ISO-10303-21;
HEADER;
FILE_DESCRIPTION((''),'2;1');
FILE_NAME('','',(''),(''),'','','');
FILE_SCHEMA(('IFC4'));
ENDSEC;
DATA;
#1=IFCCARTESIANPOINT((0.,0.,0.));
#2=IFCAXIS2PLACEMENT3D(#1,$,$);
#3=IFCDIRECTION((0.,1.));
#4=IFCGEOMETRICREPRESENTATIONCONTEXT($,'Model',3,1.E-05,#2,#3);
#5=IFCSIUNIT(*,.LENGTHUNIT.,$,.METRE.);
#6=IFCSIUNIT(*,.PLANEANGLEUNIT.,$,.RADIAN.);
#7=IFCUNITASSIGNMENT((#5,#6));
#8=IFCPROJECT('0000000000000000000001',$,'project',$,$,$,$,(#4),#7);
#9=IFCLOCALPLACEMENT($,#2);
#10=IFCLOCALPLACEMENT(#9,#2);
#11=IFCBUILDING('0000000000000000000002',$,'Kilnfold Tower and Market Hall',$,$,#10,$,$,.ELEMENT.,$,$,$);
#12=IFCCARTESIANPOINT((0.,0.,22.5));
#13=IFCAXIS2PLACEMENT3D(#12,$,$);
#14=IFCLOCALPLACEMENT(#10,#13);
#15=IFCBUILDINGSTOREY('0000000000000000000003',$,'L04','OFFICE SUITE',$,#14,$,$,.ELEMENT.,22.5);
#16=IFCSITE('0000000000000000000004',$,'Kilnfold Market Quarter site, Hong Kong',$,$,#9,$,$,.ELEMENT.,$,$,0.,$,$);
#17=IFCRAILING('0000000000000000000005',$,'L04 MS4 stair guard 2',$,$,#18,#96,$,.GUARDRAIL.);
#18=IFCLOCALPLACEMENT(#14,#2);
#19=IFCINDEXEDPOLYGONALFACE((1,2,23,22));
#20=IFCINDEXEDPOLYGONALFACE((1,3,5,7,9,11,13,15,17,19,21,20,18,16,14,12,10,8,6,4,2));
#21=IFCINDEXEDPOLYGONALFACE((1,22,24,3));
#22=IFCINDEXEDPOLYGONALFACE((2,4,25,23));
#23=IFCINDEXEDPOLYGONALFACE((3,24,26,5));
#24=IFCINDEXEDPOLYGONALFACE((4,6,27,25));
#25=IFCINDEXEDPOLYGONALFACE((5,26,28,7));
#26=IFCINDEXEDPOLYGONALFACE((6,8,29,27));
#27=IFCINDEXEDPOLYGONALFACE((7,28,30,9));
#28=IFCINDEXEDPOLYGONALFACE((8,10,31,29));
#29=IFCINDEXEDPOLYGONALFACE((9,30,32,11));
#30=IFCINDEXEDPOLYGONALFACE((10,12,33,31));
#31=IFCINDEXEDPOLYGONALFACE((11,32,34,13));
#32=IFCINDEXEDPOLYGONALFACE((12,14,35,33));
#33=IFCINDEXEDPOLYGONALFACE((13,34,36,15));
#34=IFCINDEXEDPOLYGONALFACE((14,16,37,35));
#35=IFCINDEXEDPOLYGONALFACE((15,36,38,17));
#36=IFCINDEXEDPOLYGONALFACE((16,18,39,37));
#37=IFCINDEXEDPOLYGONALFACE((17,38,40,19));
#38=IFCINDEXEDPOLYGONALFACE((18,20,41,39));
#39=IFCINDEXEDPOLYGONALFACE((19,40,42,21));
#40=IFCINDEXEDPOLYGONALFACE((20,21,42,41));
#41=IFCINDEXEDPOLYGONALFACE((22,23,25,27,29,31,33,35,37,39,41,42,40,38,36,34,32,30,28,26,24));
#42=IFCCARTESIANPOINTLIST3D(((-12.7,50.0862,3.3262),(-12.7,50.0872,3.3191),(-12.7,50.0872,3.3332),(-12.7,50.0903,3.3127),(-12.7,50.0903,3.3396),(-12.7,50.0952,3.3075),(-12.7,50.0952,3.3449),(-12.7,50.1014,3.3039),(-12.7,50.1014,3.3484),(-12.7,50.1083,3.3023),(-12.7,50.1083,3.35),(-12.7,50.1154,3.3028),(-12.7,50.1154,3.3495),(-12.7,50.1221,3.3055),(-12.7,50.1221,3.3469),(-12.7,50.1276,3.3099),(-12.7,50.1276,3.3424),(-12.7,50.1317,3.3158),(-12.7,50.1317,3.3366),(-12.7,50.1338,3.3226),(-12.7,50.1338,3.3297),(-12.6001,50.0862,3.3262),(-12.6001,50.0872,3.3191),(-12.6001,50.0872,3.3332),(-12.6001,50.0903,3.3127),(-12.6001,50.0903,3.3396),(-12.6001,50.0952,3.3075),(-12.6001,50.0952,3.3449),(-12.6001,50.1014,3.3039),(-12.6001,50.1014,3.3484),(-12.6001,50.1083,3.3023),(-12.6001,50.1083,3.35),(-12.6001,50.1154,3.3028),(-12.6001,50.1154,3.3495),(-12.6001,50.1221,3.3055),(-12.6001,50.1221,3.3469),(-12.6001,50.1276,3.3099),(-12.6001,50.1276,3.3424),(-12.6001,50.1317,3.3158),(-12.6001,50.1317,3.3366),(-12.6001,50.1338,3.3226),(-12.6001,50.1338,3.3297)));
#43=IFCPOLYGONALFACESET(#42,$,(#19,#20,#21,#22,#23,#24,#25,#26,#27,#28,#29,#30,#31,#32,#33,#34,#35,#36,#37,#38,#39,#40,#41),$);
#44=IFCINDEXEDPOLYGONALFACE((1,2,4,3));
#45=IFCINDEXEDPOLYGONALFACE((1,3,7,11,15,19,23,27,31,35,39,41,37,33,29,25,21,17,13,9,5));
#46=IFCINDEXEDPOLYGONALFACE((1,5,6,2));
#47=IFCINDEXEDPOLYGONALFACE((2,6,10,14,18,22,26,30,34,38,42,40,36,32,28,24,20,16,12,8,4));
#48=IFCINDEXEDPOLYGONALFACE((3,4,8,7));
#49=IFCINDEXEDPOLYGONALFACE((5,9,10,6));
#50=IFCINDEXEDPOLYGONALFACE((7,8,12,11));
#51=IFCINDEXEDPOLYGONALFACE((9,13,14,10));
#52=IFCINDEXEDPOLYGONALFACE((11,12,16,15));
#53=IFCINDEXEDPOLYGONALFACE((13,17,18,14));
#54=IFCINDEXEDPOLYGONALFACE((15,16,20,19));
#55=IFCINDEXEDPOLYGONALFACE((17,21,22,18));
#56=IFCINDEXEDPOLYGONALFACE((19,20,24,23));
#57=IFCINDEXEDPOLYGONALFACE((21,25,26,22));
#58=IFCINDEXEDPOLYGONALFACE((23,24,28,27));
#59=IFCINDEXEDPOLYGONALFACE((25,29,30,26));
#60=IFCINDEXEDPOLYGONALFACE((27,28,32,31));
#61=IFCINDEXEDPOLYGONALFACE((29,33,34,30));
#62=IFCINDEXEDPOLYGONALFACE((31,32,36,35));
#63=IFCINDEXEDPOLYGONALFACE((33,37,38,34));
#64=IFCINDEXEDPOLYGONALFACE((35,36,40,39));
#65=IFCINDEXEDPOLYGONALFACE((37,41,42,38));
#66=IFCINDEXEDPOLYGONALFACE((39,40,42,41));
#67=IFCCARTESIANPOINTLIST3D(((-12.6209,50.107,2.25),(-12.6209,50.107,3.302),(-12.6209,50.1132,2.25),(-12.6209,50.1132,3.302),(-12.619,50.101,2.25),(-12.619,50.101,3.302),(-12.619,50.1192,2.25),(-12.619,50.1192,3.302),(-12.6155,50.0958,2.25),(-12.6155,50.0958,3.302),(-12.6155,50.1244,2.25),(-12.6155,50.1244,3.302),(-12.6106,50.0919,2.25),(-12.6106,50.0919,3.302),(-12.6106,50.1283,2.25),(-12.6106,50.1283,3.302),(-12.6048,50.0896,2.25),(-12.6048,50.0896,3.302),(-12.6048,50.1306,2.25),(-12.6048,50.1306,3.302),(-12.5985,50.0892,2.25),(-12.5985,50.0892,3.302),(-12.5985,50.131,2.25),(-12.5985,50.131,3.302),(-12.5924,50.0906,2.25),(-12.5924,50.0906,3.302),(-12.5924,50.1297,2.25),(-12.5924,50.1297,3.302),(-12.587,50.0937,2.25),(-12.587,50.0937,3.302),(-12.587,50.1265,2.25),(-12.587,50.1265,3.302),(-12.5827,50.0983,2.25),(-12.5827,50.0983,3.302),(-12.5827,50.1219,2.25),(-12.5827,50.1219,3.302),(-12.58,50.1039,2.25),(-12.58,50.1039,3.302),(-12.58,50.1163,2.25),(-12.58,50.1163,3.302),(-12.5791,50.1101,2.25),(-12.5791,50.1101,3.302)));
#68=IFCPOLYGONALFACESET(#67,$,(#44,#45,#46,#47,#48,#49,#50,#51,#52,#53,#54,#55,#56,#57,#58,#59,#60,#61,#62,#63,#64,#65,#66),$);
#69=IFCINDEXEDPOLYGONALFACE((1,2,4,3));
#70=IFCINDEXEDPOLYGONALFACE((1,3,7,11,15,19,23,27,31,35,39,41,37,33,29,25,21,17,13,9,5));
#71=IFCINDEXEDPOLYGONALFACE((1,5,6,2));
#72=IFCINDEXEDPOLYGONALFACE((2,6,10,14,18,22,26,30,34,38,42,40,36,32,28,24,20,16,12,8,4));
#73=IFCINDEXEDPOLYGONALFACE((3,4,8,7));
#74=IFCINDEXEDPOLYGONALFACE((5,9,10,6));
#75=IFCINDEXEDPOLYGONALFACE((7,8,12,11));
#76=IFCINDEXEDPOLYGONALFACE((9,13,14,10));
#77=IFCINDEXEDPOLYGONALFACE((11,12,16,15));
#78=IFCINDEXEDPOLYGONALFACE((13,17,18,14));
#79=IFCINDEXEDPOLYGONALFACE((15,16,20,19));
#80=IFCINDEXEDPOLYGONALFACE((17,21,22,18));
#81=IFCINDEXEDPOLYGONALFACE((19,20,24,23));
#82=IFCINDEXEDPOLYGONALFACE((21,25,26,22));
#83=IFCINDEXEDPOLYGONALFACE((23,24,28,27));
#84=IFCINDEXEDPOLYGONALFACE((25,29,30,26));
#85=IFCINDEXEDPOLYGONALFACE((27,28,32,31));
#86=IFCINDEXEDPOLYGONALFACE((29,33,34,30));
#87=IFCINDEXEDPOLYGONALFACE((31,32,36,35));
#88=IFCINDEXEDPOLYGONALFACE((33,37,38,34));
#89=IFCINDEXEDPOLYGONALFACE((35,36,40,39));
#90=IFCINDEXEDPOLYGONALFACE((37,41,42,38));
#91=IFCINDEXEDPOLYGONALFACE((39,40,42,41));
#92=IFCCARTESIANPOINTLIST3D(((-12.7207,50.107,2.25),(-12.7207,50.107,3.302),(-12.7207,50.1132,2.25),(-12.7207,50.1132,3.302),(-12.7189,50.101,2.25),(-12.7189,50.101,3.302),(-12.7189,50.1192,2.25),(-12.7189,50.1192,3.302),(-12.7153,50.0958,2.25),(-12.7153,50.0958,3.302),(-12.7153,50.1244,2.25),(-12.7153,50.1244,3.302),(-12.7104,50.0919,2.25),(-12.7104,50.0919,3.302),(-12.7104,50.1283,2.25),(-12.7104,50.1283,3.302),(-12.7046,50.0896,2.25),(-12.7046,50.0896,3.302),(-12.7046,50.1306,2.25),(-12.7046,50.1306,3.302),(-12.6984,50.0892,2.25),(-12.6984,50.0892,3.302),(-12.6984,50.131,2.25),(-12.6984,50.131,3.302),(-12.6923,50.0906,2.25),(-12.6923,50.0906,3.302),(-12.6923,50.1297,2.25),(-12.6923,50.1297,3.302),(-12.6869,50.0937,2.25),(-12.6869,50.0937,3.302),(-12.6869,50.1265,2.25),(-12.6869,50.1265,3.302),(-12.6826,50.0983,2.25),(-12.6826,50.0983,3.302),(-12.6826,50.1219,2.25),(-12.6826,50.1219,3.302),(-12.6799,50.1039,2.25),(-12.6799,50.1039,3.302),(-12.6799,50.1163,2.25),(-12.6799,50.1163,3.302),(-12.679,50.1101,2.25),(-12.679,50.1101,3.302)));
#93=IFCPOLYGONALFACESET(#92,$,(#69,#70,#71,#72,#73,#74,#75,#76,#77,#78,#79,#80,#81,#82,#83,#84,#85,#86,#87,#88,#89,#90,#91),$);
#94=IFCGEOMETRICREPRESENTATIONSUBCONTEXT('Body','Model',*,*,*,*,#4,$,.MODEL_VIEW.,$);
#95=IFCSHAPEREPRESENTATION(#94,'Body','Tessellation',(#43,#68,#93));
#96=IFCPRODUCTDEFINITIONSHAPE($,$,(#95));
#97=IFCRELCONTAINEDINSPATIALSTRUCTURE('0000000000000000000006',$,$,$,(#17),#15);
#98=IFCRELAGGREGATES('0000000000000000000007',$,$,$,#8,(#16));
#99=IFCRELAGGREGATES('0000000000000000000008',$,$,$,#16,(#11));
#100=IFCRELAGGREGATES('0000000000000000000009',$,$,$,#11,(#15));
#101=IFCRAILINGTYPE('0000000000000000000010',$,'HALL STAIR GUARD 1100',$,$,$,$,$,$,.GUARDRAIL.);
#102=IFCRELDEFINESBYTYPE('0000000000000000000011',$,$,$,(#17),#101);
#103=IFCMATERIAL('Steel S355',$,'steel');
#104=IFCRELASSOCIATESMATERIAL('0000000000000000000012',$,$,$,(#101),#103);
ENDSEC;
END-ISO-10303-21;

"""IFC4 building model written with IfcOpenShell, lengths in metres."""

from ifc_helpers import new_model, si_unit, direction, frame, origin, origin_2d, place, context, subcontext, project, spatial, circle, extrude, material, type_object, element, save


model = new_model("IFC4")

# Units and contexts
model_context = context("Model", 3, precision=1e-05, world=origin(), true_north=direction((0.0, 1.0)))
body_context = subcontext(model_context, "Body", "Model", "MODEL_VIEW")
ifc_project = project(units=[si_unit("LENGTHUNIT", "METRE"), si_unit("PLANEANGLEUNIT", "RADIAN")], contexts=[model_context])

# Site, building, storey
site_placement = place(None, origin())
site = spatial("IfcSite", under=ifc_project, at=site_placement, Name="Kilnfold Market Quarter site, Hong Kong", CompositionType="ELEMENT", RefElevation=0.0)
building_placement = place(site_placement, origin())
building = spatial("IfcBuilding", under=site, at=building_placement, Name="Kilnfold Tower and Market Hall", CompositionType="ELEMENT")
storey_placement = place(building_placement, frame((0.0, 0.0, 22.5)))
storey = spatial("IfcBuildingStorey", under=building, at=storey_placement, Name="L04", Description="OFFICE SUITE", CompositionType="ELEMENT", Elevation=22.5)

# Railing
ifc_material_1 = material(Name="Steel S355", Category="steel")
railing_type_1 = type_object("IfcRailingType", Name="HALL STAIR GUARD 1100", PredefinedType="GUARDRAIL", material=ifc_material_1)
railing_1_placement = place(storey_placement, frame((-12.6001, 50.1101, 2.25)))
element("IfcRailing", 1, at=railing_1_placement, inside=storey, type_object=railing_type_1, Name="L04 MS4 stair guard 2", PredefinedType="GUARDRAIL", context=body_context, shape_type="SweptSolid", body=[
    extrude(circle(Radius=0.0239, at=origin_2d()), frame((0.0, 0.0, 1.0762), z_axis=(-1.0, 0.0, 0.0), x_axis=(0.0, -1.0, 0.0)), (0.0, 0.0, 1.0), 0.0999),
    extrude(circle(Radius=0.021, at=origin_2d()), origin(), (0.0, 0.0, 1.0), 1.052),
    extrude(circle(Radius=0.021, at=origin_2d()), frame((-0.0999, 0.0, 0.0)), (0.0, 0.0, 1.0), 1.052),
])

save(model, "model.ifc")
